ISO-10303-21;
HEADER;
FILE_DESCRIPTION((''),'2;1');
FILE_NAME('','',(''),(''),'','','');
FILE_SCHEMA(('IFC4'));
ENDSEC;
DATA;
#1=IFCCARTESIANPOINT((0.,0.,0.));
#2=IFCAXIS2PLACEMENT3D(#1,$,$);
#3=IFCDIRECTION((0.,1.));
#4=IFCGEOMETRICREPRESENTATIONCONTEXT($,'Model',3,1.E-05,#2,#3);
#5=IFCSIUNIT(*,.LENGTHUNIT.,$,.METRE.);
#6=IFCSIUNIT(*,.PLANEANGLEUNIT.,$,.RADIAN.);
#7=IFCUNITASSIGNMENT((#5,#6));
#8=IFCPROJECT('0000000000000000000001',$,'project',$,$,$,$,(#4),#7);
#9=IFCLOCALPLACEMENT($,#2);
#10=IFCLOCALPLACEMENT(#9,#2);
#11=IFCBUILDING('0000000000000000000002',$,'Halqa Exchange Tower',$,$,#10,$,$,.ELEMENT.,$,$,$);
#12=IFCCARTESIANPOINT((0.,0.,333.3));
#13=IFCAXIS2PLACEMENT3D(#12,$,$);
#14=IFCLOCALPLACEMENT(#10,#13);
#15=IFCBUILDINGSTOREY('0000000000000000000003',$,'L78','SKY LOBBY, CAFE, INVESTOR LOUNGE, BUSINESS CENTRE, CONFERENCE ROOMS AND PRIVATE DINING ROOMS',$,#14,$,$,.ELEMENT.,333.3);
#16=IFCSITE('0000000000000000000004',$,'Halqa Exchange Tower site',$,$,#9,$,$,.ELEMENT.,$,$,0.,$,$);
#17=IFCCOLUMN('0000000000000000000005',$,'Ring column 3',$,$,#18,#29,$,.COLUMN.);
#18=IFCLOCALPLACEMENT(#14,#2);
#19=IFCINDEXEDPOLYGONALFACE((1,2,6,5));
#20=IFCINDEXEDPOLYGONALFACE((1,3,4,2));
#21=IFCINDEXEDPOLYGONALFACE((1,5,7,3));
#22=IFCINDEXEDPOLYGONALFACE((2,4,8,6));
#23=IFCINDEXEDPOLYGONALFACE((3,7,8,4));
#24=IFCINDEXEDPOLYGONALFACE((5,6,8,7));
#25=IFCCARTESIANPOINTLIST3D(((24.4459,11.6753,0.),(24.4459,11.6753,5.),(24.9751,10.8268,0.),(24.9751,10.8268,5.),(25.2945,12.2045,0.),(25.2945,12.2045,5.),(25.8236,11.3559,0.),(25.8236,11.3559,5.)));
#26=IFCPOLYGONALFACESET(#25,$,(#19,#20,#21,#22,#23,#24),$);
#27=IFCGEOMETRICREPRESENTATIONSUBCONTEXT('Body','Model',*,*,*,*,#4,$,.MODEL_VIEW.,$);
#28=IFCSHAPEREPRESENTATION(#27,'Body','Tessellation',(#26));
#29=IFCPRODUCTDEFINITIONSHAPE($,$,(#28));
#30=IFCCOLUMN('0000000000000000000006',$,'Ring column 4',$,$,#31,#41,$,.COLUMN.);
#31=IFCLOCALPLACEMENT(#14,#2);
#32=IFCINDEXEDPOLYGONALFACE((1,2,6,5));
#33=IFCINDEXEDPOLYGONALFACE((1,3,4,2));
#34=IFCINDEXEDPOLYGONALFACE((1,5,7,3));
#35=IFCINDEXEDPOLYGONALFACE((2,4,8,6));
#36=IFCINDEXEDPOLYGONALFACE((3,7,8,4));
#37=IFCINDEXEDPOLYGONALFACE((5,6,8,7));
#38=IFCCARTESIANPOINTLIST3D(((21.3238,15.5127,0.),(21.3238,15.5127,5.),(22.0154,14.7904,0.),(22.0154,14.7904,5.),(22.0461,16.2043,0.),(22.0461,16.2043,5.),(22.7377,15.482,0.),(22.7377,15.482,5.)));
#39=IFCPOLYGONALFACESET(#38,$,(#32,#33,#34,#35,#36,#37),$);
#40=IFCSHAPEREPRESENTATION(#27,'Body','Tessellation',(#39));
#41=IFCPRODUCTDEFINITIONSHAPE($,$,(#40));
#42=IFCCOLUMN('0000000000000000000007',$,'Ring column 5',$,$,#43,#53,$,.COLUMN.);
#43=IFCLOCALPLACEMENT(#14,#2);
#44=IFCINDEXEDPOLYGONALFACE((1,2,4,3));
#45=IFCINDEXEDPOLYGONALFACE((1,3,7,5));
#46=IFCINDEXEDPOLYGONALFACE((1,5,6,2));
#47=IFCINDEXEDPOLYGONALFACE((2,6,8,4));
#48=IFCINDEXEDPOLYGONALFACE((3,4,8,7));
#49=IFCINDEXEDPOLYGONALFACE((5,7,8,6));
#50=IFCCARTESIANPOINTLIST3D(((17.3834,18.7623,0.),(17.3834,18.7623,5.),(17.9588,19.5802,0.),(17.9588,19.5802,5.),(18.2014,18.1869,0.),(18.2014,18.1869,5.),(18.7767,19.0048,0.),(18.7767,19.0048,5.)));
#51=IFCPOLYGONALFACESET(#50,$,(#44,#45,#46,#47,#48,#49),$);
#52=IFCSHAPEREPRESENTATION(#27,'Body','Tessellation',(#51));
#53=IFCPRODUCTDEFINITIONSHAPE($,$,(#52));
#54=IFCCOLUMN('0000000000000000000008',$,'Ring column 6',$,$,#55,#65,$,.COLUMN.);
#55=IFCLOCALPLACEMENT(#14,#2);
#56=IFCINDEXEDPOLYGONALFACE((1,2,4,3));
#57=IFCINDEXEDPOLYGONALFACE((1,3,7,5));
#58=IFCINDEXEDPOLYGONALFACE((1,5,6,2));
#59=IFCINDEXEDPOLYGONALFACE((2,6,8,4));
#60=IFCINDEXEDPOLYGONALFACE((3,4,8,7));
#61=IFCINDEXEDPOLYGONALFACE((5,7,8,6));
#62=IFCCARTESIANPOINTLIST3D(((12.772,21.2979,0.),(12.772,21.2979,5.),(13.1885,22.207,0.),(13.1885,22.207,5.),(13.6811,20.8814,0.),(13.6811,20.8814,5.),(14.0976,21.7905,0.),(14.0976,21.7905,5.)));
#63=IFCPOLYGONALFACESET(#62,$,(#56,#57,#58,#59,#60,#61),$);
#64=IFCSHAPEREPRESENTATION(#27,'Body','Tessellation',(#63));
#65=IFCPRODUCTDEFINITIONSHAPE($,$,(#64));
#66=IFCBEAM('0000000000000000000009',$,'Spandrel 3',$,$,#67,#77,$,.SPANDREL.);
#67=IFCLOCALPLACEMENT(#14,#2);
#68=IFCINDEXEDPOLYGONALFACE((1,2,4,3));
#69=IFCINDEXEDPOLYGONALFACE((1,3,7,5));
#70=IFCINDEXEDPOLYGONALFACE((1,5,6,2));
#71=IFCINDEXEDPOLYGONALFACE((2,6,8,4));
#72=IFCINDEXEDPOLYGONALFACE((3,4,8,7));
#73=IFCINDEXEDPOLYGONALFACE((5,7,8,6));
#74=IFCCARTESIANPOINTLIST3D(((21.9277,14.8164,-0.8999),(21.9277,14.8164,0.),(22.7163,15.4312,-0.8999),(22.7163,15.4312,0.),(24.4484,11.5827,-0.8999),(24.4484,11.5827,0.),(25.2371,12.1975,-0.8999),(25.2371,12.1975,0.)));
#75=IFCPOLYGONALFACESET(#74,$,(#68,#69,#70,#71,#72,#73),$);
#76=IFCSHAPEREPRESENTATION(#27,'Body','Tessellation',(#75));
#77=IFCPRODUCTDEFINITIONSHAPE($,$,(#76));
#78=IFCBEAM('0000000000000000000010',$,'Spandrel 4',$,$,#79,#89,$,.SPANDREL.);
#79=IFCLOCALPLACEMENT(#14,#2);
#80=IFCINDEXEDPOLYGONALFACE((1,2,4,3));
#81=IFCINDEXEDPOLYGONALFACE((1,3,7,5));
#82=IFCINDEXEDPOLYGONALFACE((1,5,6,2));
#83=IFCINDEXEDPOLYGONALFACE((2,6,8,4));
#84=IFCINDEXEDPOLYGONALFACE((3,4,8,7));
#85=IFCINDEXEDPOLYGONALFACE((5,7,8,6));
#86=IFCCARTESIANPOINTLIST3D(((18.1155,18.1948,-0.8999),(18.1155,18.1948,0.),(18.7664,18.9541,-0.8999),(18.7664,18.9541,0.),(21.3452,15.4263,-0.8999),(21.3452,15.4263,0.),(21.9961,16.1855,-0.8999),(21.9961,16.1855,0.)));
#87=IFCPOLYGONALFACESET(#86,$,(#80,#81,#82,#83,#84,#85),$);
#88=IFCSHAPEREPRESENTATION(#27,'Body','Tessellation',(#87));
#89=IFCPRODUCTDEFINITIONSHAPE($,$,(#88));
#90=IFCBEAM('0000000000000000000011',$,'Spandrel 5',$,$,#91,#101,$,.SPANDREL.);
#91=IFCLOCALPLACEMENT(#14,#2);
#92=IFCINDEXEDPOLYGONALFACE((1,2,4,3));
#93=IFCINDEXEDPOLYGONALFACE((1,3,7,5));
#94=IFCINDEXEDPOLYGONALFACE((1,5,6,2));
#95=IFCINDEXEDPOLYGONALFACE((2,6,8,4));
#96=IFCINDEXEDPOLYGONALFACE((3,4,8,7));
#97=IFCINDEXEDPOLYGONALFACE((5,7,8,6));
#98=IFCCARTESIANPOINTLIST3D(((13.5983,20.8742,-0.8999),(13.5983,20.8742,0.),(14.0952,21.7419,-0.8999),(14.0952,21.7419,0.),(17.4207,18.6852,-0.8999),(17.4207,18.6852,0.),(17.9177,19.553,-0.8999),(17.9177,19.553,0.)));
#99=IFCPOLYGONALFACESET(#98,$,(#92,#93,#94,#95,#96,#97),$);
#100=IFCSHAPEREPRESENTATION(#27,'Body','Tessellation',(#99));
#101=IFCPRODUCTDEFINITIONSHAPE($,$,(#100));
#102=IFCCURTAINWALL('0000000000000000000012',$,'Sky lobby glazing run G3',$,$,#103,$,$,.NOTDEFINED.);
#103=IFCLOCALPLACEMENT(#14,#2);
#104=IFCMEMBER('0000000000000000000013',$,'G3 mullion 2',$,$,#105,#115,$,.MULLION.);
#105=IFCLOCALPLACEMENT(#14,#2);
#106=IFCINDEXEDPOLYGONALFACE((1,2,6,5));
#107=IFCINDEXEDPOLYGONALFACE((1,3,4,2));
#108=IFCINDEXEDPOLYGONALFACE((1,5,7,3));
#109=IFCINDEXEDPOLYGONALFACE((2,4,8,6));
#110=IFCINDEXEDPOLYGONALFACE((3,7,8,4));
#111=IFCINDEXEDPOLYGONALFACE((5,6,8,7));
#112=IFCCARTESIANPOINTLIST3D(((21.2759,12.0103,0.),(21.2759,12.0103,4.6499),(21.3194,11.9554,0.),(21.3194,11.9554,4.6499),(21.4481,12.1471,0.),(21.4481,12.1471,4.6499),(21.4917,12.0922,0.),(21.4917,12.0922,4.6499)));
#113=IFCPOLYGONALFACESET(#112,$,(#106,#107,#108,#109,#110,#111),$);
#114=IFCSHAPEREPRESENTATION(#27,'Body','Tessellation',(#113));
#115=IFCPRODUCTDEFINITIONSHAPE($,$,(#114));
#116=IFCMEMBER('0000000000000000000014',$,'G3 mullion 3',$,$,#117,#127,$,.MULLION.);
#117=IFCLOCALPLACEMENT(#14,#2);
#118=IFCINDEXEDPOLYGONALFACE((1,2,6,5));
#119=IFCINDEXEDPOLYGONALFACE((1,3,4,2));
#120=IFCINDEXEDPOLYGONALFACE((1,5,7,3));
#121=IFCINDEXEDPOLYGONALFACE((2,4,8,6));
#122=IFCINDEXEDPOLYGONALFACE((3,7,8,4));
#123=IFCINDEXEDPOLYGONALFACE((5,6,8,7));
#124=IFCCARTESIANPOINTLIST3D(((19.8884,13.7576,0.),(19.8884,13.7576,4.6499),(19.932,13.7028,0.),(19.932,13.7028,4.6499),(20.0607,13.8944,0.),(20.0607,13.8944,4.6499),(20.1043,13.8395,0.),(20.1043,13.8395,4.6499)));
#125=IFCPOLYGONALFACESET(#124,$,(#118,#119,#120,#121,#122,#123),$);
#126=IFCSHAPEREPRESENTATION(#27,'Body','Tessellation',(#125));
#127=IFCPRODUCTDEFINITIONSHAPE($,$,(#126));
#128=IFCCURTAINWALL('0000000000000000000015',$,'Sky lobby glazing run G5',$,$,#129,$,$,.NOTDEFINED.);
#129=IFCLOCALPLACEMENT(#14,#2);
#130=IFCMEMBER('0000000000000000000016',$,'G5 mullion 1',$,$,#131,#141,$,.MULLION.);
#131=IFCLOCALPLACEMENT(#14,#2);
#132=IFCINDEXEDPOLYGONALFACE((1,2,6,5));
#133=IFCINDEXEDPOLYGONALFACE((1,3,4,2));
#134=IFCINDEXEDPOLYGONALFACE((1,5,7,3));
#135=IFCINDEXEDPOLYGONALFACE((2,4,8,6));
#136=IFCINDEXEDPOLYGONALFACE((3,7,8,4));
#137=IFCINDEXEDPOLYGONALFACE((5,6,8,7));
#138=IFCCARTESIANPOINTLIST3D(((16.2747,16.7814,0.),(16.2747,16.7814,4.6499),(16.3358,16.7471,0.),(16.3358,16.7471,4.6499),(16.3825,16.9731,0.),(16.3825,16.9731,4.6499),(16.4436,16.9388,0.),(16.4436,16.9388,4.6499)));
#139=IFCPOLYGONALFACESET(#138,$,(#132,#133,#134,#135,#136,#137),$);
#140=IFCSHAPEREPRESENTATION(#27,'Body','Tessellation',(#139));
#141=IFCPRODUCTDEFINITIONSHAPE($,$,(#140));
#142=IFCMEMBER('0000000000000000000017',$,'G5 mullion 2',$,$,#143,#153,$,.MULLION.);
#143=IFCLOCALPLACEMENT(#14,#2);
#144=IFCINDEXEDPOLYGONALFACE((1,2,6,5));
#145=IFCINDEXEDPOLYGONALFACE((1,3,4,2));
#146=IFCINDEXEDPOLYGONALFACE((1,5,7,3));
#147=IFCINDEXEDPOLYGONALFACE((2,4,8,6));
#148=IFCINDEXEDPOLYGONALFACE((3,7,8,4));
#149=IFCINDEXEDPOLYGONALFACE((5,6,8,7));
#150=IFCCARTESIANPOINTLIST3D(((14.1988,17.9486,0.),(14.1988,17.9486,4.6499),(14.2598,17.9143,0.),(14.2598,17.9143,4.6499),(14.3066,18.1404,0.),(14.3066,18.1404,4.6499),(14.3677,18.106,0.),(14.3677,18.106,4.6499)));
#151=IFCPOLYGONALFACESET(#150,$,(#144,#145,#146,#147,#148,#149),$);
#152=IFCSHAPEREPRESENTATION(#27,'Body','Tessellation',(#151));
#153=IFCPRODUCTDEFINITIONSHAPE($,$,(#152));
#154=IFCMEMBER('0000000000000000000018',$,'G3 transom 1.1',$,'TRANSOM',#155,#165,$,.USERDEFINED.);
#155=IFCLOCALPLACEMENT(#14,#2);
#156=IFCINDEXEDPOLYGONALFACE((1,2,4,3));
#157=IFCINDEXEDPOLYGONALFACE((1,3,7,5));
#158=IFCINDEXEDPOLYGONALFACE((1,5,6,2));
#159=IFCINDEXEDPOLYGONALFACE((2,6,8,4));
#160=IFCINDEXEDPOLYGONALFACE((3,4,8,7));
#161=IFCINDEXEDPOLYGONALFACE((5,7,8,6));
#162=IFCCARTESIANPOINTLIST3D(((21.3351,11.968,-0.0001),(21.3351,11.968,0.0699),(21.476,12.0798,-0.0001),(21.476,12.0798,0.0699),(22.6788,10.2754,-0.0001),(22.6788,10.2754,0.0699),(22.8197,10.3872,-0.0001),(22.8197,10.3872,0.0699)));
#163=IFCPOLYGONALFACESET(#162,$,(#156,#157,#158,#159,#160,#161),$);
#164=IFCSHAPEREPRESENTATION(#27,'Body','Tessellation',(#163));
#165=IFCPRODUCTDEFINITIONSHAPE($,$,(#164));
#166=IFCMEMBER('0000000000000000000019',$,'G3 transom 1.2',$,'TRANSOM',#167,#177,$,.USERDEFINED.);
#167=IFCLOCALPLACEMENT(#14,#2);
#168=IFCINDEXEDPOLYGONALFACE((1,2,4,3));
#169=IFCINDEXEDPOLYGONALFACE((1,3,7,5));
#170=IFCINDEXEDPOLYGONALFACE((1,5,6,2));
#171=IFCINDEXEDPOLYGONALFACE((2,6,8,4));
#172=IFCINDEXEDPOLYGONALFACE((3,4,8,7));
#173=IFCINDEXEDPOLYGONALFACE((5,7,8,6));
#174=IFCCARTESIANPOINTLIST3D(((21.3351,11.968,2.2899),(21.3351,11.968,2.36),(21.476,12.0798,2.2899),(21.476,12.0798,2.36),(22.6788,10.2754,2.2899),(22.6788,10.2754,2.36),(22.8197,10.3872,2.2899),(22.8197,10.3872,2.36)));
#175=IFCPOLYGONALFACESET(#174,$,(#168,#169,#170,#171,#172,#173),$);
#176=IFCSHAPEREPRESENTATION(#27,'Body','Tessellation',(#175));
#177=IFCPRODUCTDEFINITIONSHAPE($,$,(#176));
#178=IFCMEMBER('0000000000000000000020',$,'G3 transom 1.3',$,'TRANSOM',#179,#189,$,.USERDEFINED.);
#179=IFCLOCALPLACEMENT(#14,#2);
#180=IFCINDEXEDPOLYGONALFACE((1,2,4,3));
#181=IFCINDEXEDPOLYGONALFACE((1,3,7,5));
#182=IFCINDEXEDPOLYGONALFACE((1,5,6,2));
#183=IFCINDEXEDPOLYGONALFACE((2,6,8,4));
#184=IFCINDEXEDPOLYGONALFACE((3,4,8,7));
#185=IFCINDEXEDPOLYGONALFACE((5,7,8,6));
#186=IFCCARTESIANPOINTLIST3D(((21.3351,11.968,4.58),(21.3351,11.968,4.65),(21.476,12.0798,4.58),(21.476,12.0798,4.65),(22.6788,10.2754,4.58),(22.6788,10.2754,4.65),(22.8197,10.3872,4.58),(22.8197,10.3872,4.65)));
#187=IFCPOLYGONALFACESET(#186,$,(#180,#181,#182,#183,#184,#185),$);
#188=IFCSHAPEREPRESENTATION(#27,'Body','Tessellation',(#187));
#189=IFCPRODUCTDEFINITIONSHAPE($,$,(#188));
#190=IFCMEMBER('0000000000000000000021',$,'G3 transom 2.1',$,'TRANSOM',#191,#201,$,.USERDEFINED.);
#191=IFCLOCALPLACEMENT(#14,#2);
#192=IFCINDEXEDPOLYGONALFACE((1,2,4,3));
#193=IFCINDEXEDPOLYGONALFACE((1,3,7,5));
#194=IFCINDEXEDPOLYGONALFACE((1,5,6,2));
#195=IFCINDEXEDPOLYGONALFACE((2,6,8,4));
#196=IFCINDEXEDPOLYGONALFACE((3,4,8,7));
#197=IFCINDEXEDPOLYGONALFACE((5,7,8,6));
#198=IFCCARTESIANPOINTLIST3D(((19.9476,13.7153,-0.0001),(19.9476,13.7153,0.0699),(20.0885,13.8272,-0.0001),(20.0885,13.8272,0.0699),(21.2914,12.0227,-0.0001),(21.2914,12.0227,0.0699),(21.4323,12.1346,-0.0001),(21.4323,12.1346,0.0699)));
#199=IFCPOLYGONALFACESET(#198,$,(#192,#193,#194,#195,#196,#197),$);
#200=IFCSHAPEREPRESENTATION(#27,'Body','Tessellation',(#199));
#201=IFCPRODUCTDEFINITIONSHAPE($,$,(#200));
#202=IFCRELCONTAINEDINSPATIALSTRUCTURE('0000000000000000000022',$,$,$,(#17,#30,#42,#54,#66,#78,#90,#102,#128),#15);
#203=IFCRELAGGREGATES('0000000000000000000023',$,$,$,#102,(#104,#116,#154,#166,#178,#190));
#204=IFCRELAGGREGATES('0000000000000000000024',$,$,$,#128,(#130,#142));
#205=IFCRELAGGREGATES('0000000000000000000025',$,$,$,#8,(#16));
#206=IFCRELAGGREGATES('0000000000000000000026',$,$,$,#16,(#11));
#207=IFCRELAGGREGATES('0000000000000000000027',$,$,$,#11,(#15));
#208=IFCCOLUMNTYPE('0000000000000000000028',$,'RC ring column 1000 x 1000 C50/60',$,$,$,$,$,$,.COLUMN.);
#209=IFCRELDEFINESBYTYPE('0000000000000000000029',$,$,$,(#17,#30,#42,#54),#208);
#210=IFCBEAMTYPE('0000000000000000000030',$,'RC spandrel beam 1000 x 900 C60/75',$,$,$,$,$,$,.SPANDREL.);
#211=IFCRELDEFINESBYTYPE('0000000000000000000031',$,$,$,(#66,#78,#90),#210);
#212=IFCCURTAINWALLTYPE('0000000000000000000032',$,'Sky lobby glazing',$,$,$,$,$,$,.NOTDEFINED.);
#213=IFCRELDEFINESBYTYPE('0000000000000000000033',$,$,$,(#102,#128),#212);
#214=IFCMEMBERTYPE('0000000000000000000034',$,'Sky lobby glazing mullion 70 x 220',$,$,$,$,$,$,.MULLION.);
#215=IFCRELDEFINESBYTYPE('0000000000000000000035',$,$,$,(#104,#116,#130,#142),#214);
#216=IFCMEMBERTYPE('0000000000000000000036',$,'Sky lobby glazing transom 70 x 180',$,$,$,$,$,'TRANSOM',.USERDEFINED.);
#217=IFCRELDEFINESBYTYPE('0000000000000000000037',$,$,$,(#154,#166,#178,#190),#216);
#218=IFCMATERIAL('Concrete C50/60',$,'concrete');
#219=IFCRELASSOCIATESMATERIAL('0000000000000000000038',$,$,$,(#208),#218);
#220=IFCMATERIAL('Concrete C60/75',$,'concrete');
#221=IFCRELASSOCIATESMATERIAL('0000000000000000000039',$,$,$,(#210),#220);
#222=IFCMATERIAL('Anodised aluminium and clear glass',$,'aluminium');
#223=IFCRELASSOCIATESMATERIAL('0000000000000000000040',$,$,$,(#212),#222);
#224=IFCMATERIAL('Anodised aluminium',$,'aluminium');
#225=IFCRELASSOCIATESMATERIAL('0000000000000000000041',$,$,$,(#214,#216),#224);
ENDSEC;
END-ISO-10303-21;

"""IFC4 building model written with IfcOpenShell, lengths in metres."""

from ifc_helpers import new_model, si_unit, direction, frame, origin, origin_2d, place, context, subcontext, project, spatial, rectangle, extrude, material, material_profile, profile_set, type_object, element, aggregate, save


model = new_model("IFC4")

# Units and contexts
model_context = context("Model", 3, precision=1e-05, world=origin(), true_north=direction((0.0, 1.0)))
body_context = subcontext(model_context, "Body", "Model", "MODEL_VIEW")
ifc_project = project(units=[si_unit("LENGTHUNIT", "METRE"), si_unit("PLANEANGLEUNIT", "RADIAN")], contexts=[model_context])

# Site, building, storey
site_placement = place(None, origin())
site = spatial("IfcSite", under=ifc_project, at=site_placement, Name="Halqa Exchange Tower site", CompositionType="ELEMENT", RefElevation=0.0)
building_placement = place(site_placement, origin())
building = spatial("IfcBuilding", under=site, at=building_placement, Name="Halqa Exchange Tower", CompositionType="ELEMENT")
storey_placement = place(building_placement, frame((0.0, 0.0, 333.3)))
storey = spatial("IfcBuildingStorey", under=building, at=storey_placement, Name="L78", Description="SKY LOBBY, CAFE, INVESTOR LOUNGE, BUSINESS CENTRE, CONFERENCE ROOMS AND PRIVATE DINING ROOMS", CompositionType="ELEMENT", Elevation=333.3)

# Columns
ifc_material_1 = material(Name="Concrete C50/60", Category="concrete")
ifc_material_profile_1 = material_profile(ifc_material_1, rectangle(XDim=1.0, YDim=1.0, at=origin_2d()), Name="1000 x 1000")
ifc_profile_set_1 = profile_set([ifc_material_profile_1], Name="Concrete C50/60")
column_type = type_object("IfcColumnType", Name="RC ring column 1000 x 1000 C50/60", PredefinedType="COLUMN", material=ifc_profile_set_1)
for number, where, z_axis, x_axis, name in (
    (1, (25.1348, 11.5156, 0.0), (0.0, 0.0, 1.0), (-0.52914, 0.848534, 0.0), "Ring column 3"),
    (2, (22.0308, 15.4973, 0.0), (0.0, 0.0, 1.0), (-0.691579, 0.722301, 0.0), "Ring column 4"),
    (3, (18.0801, 18.8835, 0.0), (0.0, 0.0, 1.0), (-0.817907, 0.575351, 0.0), "Ring column 5"),
    (4, (13.4348, 21.5442, 0.0), (0.0, 0.0, 1.0), (-0.909129, 0.416516, 0.0), "Ring column 6"),
):
    element("IfcColumn", number, at=place(storey_placement, frame(where, z_axis=z_axis, x_axis=x_axis)), inside=storey, type_object=column_type, Name=name, PredefinedType="COLUMN", context=body_context, shape_type="SweptSolid", body=[
        extrude(rectangle(XDim=1.0, YDim=1.0, at=origin_2d()), origin(), (0.0, 0.0, 1.0), 5.0),
    ])

# Beams
ifc_material_2 = material(Name="Concrete C60/75", Category="concrete")
ifc_material_profile_2 = material_profile(ifc_material_2, rectangle(XDim=1.0, YDim=0.8999, at=origin_2d()), Name="1000 x 900")
ifc_profile_set_2 = profile_set([ifc_material_profile_2], Name="Concrete C60/75")
beam_type = type_object("IfcBeamType", Name="RC spandrel beam 1000 x 900 C60/75", PredefinedType="SPANDREL", material=ifc_profile_set_2)
beam_1_placement = place(storey_placement, frame((24.8428, 11.8901, -0.45), z_axis=(-0.614806, 0.788678, 0.0), x_axis=(-0.788678, -0.614806, 0.0)))
element("IfcBeam", 5, at=beam_1_placement, inside=storey, type_object=beam_type, Name="Spandrel 3", PredefinedType="SPANDREL", context=body_context, shape_type="SweptSolid", body=[
    extrude(rectangle(XDim=1.0, YDim=0.8999, at=origin_2d()), origin(), (0.0, 0.0, 1.0), 4.1001),
])
beam_2_placement = place(storey_placement, frame((21.6707, 15.8059, -0.45), z_axis=(-0.759232, 0.65082, 0.0), x_axis=(-0.65082, -0.759232, 0.0)))
element("IfcBeam", 6, at=beam_2_placement, inside=storey, type_object=beam_type, Name="Spandrel 4", PredefinedType="SPANDREL", context=body_context, shape_type="SweptSolid", body=[
    extrude(rectangle(XDim=1.0, YDim=0.8999, at=origin_2d()), origin(), (0.0, 0.0, 1.0), 4.2539),
])
beam_3_placement = place(storey_placement, frame((17.6692, 19.1191, -0.45), z_axis=(-0.867786, 0.496939, 0.0), x_axis=(-0.496939, -0.867786, 0.0)))
element("IfcBeam", 7, at=beam_3_placement, inside=storey, type_object=beam_type, Name="Spandrel 5", PredefinedType="SPANDREL", context=body_context, shape_type="SweptSolid", body=[
    extrude(rectangle(XDim=1.0, YDim=0.8999, at=origin_2d()), origin(), (0.0, 0.0, 1.0), 4.4048),
])

# Curtain walls, members
ifc_material_3 = material(Name="Anodised aluminium and clear glass", Category="aluminium")
curtain_wall_type = type_object("IfcCurtainWallType", Name="Sky lobby glazing", PredefinedType="NOTDEFINED", material=ifc_material_3)
curtain_wall_1_placement = place(storey_placement, origin())
curtain_wall_1 = element("IfcCurtainWall", 8, at=curtain_wall_1_placement, inside=storey, type_object=curtain_wall_type, Name="Sky lobby glazing run G3", PredefinedType="NOTDEFINED")
ifc_material_4 = material(Name="Anodised aluminium", Category="aluminium")
ifc_material_profile_3 = material_profile(ifc_material_4, rectangle(XDim=0.22, YDim=0.0701, at=origin_2d()), Name="AL 70x220")
ifc_profile_set_3 = profile_set([ifc_material_profile_3], Name="Anodised aluminium")
member_type_1 = type_object("IfcMemberType", Name="Sky lobby glazing mullion 70 x 220", PredefinedType="MULLION", material=ifc_profile_set_3)
member_1_placement = place(storey_placement, frame((21.3838, 12.0513, 0.0), z_axis=(0.0, 0.0, 1.0), x_axis=(-0.783162, -0.621817, 0.0)))
member_1 = element("IfcMember", 9, at=member_1_placement, type_object=member_type_1, Name="G3 mullion 2", PredefinedType="MULLION", context=body_context, shape_type="SweptSolid", body=[
    extrude(rectangle(XDim=0.22, YDim=0.0701, at=origin_2d()), origin(), (0.0, 0.0, 1.0), 4.6499),
])
member_2_placement = place(storey_placement, frame((19.9963, 13.7986, 0.0), z_axis=(0.0, 0.0, 1.0), x_axis=(-0.783162, -0.621817, 0.0)))
member_2 = element("IfcMember", 10, at=member_2_placement, type_object=member_type_1, Name="G3 mullion 3", PredefinedType="MULLION", context=body_context, shape_type="SweptSolid", body=[
    extrude(rectangle(XDim=0.22, YDim=0.0701, at=origin_2d()), origin(), (0.0, 0.0, 1.0), 4.6499),
])
curtain_wall_2_placement = place(storey_placement, origin())
curtain_wall_2 = element("IfcCurtainWall", 11, at=curtain_wall_2_placement, inside=storey, type_object=curtain_wall_type, Name="Sky lobby glazing run G5", PredefinedType="NOTDEFINED")
member_3_placement = place(storey_placement, frame((16.3591, 16.8601, 0.0), z_axis=(0.0, 0.0, 1.0), x_axis=(-0.490158, -0.871634, 0.0)))
member_3 = element("IfcMember", 12, at=member_3_placement, type_object=member_type_1, Name="G5 mullion 1", PredefinedType="MULLION", context=body_context, shape_type="SweptSolid", body=[
    extrude(rectangle(XDim=0.22, YDim=0.0701, at=origin_2d()), origin(), (0.0, 0.0, 1.0), 4.6499),
])
member_4_placement = place(storey_placement, frame((14.2832, 18.0273, 0.0), z_axis=(0.0, 0.0, 1.0), x_axis=(-0.490158, -0.871634, 0.0)))
member_4 = element("IfcMember", 13, at=member_4_placement, type_object=member_type_1, Name="G5 mullion 2", PredefinedType="MULLION", context=body_context, shape_type="SweptSolid", body=[
    extrude(rectangle(XDim=0.22, YDim=0.0701, at=origin_2d()), origin(), (0.0, 0.0, 1.0), 4.6499),
])

# Members
ifc_material_profile_4 = material_profile(ifc_material_4, rectangle(XDim=0.1799, YDim=0.0701, at=origin_2d()), Name="AL 70x180")
ifc_profile_set_4 = profile_set([ifc_material_profile_4], Name="Anodised aluminium")
member_type_2 = type_object("IfcMemberType", Name="Sky lobby glazing transom 70 x 180", ElementType="TRANSOM", PredefinedType="USERDEFINED", material=ifc_profile_set_4)
member_5_placement = place(storey_placement, frame((22.7493, 10.3313, 0.0349), z_axis=(-0.62177, 0.7832, 0.0), x_axis=(-0.7832, -0.62177, 0.0)))
member_5 = element("IfcMember", 14, at=member_5_placement, type_object=member_type_2, Name="G3 transom 1.1", ObjectType="TRANSOM", PredefinedType="USERDEFINED", context=body_context, shape_type="SweptSolid", body=[
    extrude(rectangle(XDim=0.1799, YDim=0.0701, at=origin_2d()), origin(), (0.0, 0.0, 1.0), 2.1611),
])
member_6_placement = place(storey_placement, frame((22.7493, 10.3313, 2.325), z_axis=(-0.62177, 0.7832, 0.0), x_axis=(-0.7832, -0.62177, 0.0)))
member_6 = element("IfcMember", 15, at=member_6_placement, type_object=member_type_2, Name="G3 transom 1.2", ObjectType="TRANSOM", PredefinedType="USERDEFINED", context=body_context, shape_type="SweptSolid", body=[
    extrude(rectangle(XDim=0.1799, YDim=0.0701, at=origin_2d()), origin(), (0.0, 0.0, 1.0), 2.1611),
])
member_7_placement = place(storey_placement, frame((22.7493, 10.3313, 4.615), z_axis=(-0.62177, 0.7832, 0.0), x_axis=(-0.7832, -0.62177, 0.0)))
member_7 = element("IfcMember", 16, at=member_7_placement, type_object=member_type_2, Name="G3 transom 1.3", ObjectType="TRANSOM", PredefinedType="USERDEFINED", context=body_context, shape_type="SweptSolid", body=[
    extrude(rectangle(XDim=0.1799, YDim=0.0701, at=origin_2d()), origin(), (0.0, 0.0, 1.0), 2.1611),
])
member_8_placement = place(storey_placement, frame((21.3618, 12.0786, 0.0349), z_axis=(-0.62177, 0.7832, 0.0), x_axis=(-0.7832, -0.62177, 0.0)))
member_8 = element("IfcMember", 17, at=member_8_placement, type_object=member_type_2, Name="G3 transom 2.1", ObjectType="TRANSOM", PredefinedType="USERDEFINED", context=body_context, shape_type="SweptSolid", body=[
    extrude(rectangle(XDim=0.1799, YDim=0.0701, at=origin_2d()), origin(), (0.0, 0.0, 1.0), 2.1611),
])

aggregate(curtain_wall_1, [member_1, member_2, member_5, member_6, member_7, member_8])
aggregate(curtain_wall_2, [member_3, member_4])

save(model, "model.ifc")
